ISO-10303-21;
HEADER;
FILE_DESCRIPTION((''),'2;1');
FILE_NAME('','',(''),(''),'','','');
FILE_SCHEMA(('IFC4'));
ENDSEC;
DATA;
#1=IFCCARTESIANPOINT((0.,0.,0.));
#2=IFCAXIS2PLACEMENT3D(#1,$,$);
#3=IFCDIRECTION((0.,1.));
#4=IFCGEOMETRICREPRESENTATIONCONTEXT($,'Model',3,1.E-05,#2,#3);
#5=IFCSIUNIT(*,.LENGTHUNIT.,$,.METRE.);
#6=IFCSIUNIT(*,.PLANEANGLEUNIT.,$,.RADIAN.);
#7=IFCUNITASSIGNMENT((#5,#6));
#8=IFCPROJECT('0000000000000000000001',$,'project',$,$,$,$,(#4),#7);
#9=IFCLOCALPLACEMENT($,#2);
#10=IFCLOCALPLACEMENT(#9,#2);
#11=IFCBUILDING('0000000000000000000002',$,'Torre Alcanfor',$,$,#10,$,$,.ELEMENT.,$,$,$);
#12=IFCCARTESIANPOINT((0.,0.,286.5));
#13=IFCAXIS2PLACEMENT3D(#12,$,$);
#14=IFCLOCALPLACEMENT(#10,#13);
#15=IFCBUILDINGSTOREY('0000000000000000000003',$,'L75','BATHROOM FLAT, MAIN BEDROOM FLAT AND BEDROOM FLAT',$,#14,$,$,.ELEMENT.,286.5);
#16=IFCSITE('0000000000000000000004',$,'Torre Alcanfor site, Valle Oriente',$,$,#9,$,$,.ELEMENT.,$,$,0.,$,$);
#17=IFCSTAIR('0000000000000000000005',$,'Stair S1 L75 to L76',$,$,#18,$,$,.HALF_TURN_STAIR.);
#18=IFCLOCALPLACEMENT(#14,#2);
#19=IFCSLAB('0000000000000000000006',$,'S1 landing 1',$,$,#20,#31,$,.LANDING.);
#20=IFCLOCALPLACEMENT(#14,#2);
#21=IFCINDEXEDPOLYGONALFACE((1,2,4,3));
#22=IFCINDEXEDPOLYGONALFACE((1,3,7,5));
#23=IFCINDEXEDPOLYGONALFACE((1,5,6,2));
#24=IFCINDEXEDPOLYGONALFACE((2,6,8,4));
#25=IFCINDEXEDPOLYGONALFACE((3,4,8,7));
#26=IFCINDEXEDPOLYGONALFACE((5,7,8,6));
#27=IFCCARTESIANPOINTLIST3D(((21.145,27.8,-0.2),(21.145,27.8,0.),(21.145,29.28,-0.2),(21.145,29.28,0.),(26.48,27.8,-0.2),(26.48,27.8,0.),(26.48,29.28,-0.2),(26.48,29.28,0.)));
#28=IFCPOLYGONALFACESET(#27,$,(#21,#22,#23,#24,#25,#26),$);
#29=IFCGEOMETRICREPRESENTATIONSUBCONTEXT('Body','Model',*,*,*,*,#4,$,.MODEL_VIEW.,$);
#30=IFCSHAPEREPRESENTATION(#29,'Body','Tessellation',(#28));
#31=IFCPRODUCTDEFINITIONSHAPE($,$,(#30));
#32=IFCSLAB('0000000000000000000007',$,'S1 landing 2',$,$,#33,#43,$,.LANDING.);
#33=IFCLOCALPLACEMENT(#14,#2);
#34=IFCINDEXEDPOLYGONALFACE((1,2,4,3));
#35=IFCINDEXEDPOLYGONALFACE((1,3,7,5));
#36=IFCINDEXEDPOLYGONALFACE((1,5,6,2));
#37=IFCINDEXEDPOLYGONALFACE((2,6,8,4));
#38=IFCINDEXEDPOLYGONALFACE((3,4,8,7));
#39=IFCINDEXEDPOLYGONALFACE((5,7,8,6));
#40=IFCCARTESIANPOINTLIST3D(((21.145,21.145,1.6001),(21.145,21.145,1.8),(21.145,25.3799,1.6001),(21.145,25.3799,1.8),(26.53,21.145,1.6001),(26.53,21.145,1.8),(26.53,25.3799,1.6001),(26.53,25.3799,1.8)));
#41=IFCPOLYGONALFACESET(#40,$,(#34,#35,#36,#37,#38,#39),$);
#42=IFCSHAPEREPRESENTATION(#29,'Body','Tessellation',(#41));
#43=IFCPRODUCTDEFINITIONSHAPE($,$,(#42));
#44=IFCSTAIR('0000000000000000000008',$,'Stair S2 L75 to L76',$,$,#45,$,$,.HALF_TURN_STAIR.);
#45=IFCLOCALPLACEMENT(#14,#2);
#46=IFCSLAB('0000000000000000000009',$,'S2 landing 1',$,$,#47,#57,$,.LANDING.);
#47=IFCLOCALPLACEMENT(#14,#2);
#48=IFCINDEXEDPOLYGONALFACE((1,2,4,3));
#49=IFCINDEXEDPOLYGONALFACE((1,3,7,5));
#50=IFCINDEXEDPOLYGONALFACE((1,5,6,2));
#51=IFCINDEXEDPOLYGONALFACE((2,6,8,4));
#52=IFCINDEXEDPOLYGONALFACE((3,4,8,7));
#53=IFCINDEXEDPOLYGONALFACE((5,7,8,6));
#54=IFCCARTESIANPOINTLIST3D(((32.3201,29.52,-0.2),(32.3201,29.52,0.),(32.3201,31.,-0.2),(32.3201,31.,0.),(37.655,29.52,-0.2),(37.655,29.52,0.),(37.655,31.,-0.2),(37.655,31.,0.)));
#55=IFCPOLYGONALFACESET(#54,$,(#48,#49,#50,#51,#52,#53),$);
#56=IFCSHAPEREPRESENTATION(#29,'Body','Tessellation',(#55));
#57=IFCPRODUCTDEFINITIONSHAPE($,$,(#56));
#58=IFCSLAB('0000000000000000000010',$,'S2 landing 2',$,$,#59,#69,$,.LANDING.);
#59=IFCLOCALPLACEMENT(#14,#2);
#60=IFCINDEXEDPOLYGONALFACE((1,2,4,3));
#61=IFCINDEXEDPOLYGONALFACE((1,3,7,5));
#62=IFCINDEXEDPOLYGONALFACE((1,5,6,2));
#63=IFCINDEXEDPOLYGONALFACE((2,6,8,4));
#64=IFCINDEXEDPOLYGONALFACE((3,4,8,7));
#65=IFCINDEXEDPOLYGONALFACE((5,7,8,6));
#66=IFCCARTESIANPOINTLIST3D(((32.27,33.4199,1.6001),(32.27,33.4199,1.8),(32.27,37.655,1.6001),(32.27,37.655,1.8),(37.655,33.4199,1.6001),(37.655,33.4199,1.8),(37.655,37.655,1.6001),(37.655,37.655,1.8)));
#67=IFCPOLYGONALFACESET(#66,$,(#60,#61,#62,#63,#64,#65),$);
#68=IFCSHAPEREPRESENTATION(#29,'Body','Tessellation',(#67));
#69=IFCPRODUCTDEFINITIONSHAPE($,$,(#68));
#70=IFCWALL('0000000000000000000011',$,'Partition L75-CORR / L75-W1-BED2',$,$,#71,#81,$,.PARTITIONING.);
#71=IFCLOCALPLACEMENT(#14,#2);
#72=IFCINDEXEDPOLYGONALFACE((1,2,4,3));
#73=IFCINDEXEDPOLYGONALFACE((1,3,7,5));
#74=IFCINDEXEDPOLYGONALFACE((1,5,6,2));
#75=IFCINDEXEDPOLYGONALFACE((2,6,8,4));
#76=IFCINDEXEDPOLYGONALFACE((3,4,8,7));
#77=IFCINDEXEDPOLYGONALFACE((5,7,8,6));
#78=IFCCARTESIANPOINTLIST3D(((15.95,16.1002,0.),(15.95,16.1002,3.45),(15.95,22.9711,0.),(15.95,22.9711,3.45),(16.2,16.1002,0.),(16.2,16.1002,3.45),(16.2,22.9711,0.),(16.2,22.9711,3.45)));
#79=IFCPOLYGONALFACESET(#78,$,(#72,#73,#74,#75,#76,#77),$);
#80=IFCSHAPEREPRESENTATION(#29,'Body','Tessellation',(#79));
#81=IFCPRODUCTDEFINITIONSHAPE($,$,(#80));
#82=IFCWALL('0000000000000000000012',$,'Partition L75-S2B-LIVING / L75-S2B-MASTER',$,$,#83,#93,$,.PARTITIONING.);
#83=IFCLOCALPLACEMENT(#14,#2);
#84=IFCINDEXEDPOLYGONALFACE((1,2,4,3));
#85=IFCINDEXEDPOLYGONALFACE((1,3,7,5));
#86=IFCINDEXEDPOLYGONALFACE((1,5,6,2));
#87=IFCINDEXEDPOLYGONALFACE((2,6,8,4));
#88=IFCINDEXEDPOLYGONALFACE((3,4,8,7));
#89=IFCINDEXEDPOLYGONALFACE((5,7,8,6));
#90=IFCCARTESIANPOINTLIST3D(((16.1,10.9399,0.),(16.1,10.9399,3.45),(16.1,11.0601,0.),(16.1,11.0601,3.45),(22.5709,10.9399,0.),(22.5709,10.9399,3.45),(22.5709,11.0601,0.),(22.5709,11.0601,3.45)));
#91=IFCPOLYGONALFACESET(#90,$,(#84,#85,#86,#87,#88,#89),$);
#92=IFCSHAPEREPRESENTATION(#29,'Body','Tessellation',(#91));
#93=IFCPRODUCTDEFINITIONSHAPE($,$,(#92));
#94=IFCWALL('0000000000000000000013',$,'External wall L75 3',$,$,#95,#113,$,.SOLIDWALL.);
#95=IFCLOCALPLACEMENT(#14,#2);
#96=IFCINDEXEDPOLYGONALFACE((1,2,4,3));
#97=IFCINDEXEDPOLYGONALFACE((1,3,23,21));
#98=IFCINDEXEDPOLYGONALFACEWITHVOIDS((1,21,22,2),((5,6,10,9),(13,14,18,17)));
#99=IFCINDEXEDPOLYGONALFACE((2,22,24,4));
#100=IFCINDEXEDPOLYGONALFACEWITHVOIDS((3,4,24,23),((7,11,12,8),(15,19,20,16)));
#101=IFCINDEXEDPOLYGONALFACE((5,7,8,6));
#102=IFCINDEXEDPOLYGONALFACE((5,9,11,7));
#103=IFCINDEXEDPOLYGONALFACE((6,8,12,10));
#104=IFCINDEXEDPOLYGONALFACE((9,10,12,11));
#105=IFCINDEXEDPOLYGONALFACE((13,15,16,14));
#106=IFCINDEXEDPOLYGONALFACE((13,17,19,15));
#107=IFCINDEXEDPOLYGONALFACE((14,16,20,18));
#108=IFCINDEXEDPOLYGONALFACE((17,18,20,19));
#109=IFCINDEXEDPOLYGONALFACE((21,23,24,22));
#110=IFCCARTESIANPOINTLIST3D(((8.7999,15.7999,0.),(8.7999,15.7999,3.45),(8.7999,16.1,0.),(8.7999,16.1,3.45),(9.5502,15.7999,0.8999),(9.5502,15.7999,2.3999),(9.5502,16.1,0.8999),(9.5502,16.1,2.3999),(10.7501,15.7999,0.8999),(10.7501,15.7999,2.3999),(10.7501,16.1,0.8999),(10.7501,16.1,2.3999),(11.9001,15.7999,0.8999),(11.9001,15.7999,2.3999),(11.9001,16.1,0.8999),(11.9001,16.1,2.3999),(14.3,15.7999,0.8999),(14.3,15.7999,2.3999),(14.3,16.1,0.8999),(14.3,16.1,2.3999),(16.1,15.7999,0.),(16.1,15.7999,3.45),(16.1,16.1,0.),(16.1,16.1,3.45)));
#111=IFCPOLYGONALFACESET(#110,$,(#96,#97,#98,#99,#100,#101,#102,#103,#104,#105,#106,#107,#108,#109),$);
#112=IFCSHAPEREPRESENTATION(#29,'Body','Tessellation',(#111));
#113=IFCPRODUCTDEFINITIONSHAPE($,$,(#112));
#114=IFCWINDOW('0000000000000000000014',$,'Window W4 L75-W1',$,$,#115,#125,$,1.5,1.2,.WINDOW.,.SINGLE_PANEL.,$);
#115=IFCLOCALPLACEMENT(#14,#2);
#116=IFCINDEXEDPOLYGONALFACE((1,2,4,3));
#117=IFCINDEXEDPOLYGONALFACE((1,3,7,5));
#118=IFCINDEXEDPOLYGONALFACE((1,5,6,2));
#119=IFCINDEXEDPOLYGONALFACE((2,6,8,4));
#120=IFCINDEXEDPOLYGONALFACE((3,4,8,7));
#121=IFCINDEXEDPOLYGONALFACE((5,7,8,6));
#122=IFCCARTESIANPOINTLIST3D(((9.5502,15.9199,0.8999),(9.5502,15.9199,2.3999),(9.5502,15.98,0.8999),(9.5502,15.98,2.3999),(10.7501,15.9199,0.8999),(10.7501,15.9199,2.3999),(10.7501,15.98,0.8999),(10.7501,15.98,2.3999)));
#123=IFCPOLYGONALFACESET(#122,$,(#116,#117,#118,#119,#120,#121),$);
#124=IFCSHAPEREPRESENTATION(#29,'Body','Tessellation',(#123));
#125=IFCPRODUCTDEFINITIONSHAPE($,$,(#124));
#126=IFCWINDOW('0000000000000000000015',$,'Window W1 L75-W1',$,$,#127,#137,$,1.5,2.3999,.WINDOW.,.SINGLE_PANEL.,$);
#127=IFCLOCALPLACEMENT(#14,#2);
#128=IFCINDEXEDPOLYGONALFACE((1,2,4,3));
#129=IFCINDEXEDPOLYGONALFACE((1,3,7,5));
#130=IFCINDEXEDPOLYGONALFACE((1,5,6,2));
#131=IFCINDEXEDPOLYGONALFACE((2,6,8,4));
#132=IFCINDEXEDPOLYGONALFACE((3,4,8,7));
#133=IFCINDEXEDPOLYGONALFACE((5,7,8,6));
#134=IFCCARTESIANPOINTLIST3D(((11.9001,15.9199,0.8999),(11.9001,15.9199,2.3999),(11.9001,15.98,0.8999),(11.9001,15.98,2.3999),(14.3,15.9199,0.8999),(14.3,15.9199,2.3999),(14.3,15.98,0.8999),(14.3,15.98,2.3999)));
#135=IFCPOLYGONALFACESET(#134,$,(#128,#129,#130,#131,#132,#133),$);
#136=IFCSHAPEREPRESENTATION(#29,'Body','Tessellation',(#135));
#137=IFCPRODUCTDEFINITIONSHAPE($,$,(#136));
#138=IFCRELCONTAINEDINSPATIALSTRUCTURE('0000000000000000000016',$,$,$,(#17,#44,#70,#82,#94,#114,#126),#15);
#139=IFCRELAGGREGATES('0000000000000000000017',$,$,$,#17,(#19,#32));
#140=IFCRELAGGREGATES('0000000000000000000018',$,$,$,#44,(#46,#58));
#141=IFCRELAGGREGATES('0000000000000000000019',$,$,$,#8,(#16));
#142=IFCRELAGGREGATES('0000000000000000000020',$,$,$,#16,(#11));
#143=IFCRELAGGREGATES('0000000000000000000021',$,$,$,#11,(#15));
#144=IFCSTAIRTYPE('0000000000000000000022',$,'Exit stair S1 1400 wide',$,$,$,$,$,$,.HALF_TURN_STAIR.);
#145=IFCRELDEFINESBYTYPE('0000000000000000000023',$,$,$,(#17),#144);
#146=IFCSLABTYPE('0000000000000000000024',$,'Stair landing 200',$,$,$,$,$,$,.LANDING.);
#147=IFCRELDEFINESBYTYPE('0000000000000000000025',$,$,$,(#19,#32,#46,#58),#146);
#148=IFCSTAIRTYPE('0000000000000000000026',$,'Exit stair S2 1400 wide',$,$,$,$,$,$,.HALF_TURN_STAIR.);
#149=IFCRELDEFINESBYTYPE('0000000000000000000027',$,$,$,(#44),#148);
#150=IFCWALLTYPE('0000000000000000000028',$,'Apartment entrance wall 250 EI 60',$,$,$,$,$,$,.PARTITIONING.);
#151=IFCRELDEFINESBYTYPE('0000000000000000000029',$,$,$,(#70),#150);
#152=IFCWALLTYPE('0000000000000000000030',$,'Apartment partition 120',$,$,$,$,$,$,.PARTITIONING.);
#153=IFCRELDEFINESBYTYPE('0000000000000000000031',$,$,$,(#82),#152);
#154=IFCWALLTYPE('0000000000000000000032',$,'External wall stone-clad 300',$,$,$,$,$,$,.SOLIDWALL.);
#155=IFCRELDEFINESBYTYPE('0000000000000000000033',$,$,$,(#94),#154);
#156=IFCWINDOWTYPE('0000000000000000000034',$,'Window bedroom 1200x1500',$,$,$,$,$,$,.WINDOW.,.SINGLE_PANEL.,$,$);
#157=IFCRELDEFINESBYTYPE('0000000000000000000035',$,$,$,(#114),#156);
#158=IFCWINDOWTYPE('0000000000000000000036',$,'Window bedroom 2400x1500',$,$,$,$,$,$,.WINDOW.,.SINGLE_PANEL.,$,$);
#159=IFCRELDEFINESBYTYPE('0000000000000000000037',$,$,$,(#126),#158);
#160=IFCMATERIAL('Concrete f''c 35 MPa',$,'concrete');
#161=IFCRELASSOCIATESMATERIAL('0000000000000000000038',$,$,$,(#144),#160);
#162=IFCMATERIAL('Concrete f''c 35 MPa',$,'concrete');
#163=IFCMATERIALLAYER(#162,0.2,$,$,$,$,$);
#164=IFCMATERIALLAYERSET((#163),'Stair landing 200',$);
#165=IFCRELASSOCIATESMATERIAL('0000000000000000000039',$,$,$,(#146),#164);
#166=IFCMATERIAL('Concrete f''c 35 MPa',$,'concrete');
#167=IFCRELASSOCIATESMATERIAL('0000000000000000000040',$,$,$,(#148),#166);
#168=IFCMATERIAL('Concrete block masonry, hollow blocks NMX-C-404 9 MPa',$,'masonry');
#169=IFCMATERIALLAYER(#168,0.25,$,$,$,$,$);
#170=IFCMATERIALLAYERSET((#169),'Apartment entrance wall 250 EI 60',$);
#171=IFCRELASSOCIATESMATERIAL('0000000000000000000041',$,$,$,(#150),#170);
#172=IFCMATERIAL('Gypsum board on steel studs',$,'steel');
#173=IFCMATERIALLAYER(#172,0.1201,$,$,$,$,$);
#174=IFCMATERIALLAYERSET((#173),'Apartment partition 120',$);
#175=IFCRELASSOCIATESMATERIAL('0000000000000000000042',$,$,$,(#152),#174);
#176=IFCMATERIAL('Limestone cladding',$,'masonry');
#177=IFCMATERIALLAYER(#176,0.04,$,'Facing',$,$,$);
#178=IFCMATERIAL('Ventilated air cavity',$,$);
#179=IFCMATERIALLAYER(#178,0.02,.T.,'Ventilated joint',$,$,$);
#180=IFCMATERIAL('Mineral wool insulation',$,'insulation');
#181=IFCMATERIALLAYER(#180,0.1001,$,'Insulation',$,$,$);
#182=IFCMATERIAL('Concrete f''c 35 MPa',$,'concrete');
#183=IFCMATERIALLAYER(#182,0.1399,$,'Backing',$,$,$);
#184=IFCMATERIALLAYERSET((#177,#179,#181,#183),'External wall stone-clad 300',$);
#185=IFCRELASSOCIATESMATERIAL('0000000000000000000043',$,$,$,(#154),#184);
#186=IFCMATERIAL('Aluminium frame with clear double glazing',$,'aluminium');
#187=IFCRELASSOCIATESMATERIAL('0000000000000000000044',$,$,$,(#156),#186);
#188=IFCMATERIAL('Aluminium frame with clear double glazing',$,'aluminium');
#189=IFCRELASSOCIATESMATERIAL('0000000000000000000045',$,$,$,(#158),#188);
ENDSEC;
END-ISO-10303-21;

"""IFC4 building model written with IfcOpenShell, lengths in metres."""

from ifc_helpers import new_model, si_unit, direction, frame, frame_2d, origin, place, context, subcontext, project, spatial, polyline, rectangle, outline, extrude, material, layer, layer_set, type_object, element, fill, aggregate, save


model = new_model("IFC4")

# Units and contexts
model_context = context("Model", 3, precision=1e-05, world=origin(), true_north=direction((0.0, 1.0)))
body_context = subcontext(model_context, "Body", "Model", "MODEL_VIEW")
ifc_project = project(units=[si_unit("LENGTHUNIT", "METRE"), si_unit("PLANEANGLEUNIT", "RADIAN")], contexts=[model_context])

# Site, building, storey
site_placement = place(None, origin())
site = spatial("IfcSite", under=ifc_project, at=site_placement, Name="Torre Alcanfor site, Valle Oriente", CompositionType="ELEMENT", RefElevation=0.0)
building_placement = place(site_placement, origin())
building = spatial("IfcBuilding", under=site, at=building_placement, Name="Torre Alcanfor", CompositionType="ELEMENT")
storey_placement = place(building_placement, frame((0.0, 0.0, 286.5)))
storey = spatial("IfcBuildingStorey", under=building, at=storey_placement, Name="L75", Description="BATHROOM FLAT, MAIN BEDROOM FLAT AND BEDROOM FLAT", CompositionType="ELEMENT", Elevation=286.5)

# Stairs, slabs
ifc_material_1 = material(Name="Concrete f'c 35 MPa", Category="concrete")
stair_type_1 = type_object("IfcStairType", Name="Exit stair S1 1400 wide", PredefinedType="HALF_TURN_STAIR", material=ifc_material_1)
stair_1_placement = place(storey_placement, origin())
stair_1 = element("IfcStair", 1, at=stair_1_placement, inside=storey, type_object=stair_type_1, Name="Stair S1 L75 to L76", PredefinedType="HALF_TURN_STAIR")
ifc_material_2 = material(Name="Concrete f'c 35 MPa", Category="concrete")
ifc_layer_1 = layer(ifc_material_2, 0.2)
ifc_layer_set_1 = layer_set([ifc_layer_1], Name="Stair landing 200")
slab_type_1 = type_object("IfcSlabType", Name="Stair landing 200", PredefinedType="LANDING", material=ifc_layer_set_1)
slab_1_placement = place(storey_placement, frame((0.0, 0.0, -0.2)))
slab_1 = element("IfcSlab", 2, at=slab_1_placement, type_object=slab_type_1, Name="S1 landing 1", PredefinedType="LANDING", context=body_context, shape_type="SweptSolid", body=[
    extrude(outline(polyline([(21.145, 27.8), (26.48, 27.8), (26.48, 29.28), (21.145, 29.28), (21.145, 27.8)])), origin(), (0.0, 0.0, 1.0), 0.2),
])
slab_2_placement = place(storey_placement, frame((0.0, 0.0, 1.6001)))
slab_2 = element("IfcSlab", 3, at=slab_2_placement, type_object=slab_type_1, Name="S1 landing 2", PredefinedType="LANDING", context=body_context, shape_type="SweptSolid", body=[
    extrude(outline(polyline([(21.145, 21.145), (26.53, 21.145), (26.53, 25.3799), (21.145, 25.3799), (21.145, 21.145)])), origin(), (0.0, 0.0, 1.0), 0.2),
])
aggregate(stair_1, [slab_1, slab_2])
ifc_material_3 = material(Name="Concrete f'c 35 MPa", Category="concrete")
stair_type_2 = type_object("IfcStairType", Name="Exit stair S2 1400 wide", PredefinedType="HALF_TURN_STAIR", material=ifc_material_3)
stair_2_placement = place(storey_placement, origin())
stair_2 = element("IfcStair", 4, at=stair_2_placement, inside=storey, type_object=stair_type_2, Name="Stair S2 L75 to L76", PredefinedType="HALF_TURN_STAIR")
slab_3_placement = place(storey_placement, frame((0.0, 0.0, -0.2)))
slab_3 = element("IfcSlab", 5, at=slab_3_placement, type_object=slab_type_1, Name="S2 landing 1", PredefinedType="LANDING", context=body_context, shape_type="SweptSolid", body=[
    extrude(outline(polyline([(32.3201, 29.52), (37.655, 29.52), (37.655, 31.0), (32.3201, 31.0), (32.3201, 29.52)])), origin(), (0.0, 0.0, 1.0), 0.2),
])
slab_4_placement = place(storey_placement, frame((0.0, 0.0, 1.6001)))
slab_4 = element("IfcSlab", 6, at=slab_4_placement, type_object=slab_type_1, Name="S2 landing 2", PredefinedType="LANDING", context=body_context, shape_type="SweptSolid", body=[
    extrude(outline(polyline([(32.27, 33.4199), (37.655, 33.4199), (37.655, 37.655), (32.27, 37.655), (32.27, 33.4199)])), origin(), (0.0, 0.0, 1.0), 0.2),
])
aggregate(stair_2, [slab_3, slab_4])

# Walls
ifc_material_4 = material(Name="Concrete block masonry, hollow blocks NMX-C-404 9 MPa", Category="masonry")
ifc_layer_2 = layer(ifc_material_4, 0.25)
ifc_layer_set_2 = layer_set([ifc_layer_2], Name="Apartment entrance wall 250 EI 60")
wall_type_1 = type_object("IfcWallType", Name="Apartment entrance wall 250 EI 60", PredefinedType="PARTITIONING", material=ifc_layer_set_2)
wall_1_placement = place(storey_placement, frame((16.075, 16.1001, 0.0), z_axis=(0.0, 0.0, 1.0), x_axis=(0.0, 1.0, 0.0)))
element("IfcWall", 7, at=wall_1_placement, inside=storey, type_object=wall_type_1, Name="Partition L75-CORR / L75-W1-BED2", PredefinedType="PARTITIONING", context=body_context, shape_type="SweptSolid", body=[
    extrude(rectangle(XDim=6.8708, YDim=0.25, at=frame_2d((3.4355, 0.0))), origin(), (0.0, 0.0, 1.0), 3.45),
])
ifc_material_5 = material(Name="Gypsum board on steel studs", Category="steel")
ifc_layer_3 = layer(ifc_material_5, 0.1201)
ifc_layer_set_3 = layer_set([ifc_layer_3], Name="Apartment partition 120")
wall_type_2 = type_object("IfcWallType", Name="Apartment partition 120", PredefinedType="PARTITIONING", material=ifc_layer_set_3)
wall_2_placement = place(storey_placement, frame((16.1001, 11.0, 0.0), z_axis=(0.0, 0.0, 1.0), x_axis=(1.0, 0.0, 0.0)))
element("IfcWall", 8, at=wall_2_placement, inside=storey, type_object=wall_type_2, Name="Partition L75-S2B-LIVING / L75-S2B-MASTER", PredefinedType="PARTITIONING", context=body_context, shape_type="SweptSolid", body=[
    extrude(rectangle(XDim=6.4709, YDim=0.1201, at=frame_2d((3.2354, 0.0))), origin(), (0.0, 0.0, 1.0), 3.45),
])

# Wall, openings, windows
ifc_material_6 = material(Name="Limestone cladding", Category="masonry")
ifc_layer_4 = layer(ifc_material_6, 0.04, Name="Facing")
ifc_material_7 = material(Name="Ventilated air cavity")
ifc_layer_5 = layer(ifc_material_7, 0.02, ventilated=True, Name="Ventilated joint")
ifc_material_8 = material(Name="Mineral wool insulation", Category="insulation")
ifc_layer_6 = layer(ifc_material_8, 0.1001, Name="Insulation")
ifc_material_9 = material(Name="Concrete f'c 35 MPa", Category="concrete")
ifc_layer_7 = layer(ifc_material_9, 0.1399, Name="Backing")
ifc_layer_set_4 = layer_set([ifc_layer_4, ifc_layer_5, ifc_layer_6, ifc_layer_7], Name="External wall stone-clad 300")
wall_type_3 = type_object("IfcWallType", Name="External wall stone-clad 300", PredefinedType="SOLIDWALL", material=ifc_layer_set_4)
wall_3_placement = place(storey_placement, frame((8.8, 15.95, 0.0), z_axis=(0.0, 0.0, 1.0), x_axis=(1.0, 0.0, 0.0)))
wall_3 = element("IfcWall", 9, at=wall_3_placement, inside=storey, type_object=wall_type_3, Name="External wall L75 3", PredefinedType="SOLIDWALL", context=body_context, shape_type="SweptSolid", body=[
    extrude(rectangle(XDim=7.3, YDim=0.3, at=frame_2d((3.6499, 0.0))), origin(), (0.0, 0.0, 1.0), 3.45),
])
opening_1_placement = place(wall_3_placement, frame((3.1001, 0.0, 0.8999)))
opening_1 = element("IfcOpeningElement", 10, at=opening_1_placement, cuts=wall_3, PredefinedType="OPENING", context=body_context, shape_type="SweptSolid", body=[
    extrude(rectangle(XDim=2.3999, YDim=1.5, at=frame_2d((1.2, 0.75))), frame((0.0, 0.1599, 0.0), z_axis=(0.0, -1.0, 0.0), x_axis=(1.0, 0.0, 0.0)), (0.0, 0.0, 1.0), 0.3201),
])
opening_2_placement = place(wall_3_placement, frame((0.75, 0.0, 0.8999)))
opening_2 = element("IfcOpeningElement", 11, at=opening_2_placement, cuts=wall_3, PredefinedType="OPENING", context=body_context, shape_type="SweptSolid", body=[
    extrude(rectangle(XDim=1.2, YDim=1.5, at=frame_2d((0.6001, 0.75))), frame((0.0, 0.1599, 0.0), z_axis=(0.0, -1.0, 0.0), x_axis=(1.0, 0.0, 0.0)), (0.0, 0.0, 1.0), 0.3201),
])
ifc_material_10 = material(Name="Aluminium frame with clear double glazing", Category="aluminium")
window_type_1 = type_object("IfcWindowType", Name="Window bedroom 1200x1500", PartitioningType="SINGLE_PANEL", PredefinedType="WINDOW", material=ifc_material_10)
window_1_placement = place(opening_2_placement, origin())
window_1 = element("IfcWindow", 12, at=window_1_placement, inside=storey, type_object=window_type_1, Name="Window W4 L75-W1", OverallHeight=1.5, OverallWidth=1.2, PartitioningType="SINGLE_PANEL", PredefinedType="WINDOW", context=body_context, shape_type="SweptSolid", body=[
    extrude(rectangle(XDim=1.2, YDim=1.5, at=frame_2d((0.6001, 0.75))), frame((0.0, 0.03, 0.0), z_axis=(0.0, -1.0, 0.0), x_axis=(1.0, 0.0, 0.0)), (0.0, 0.0, 1.0), 0.0601),
])
fill(opening_2, window_1)
ifc_material_11 = material(Name="Aluminium frame with clear double glazing", Category="aluminium")
window_type_2 = type_object("IfcWindowType", Name="Window bedroom 2400x1500", PartitioningType="SINGLE_PANEL", PredefinedType="WINDOW", material=ifc_material_11)
window_2_placement = place(opening_1_placement, origin())
window_2 = element("IfcWindow", 13, at=window_2_placement, inside=storey, type_object=window_type_2, Name="Window W1 L75-W1", OverallHeight=1.5, OverallWidth=2.3999, PartitioningType="SINGLE_PANEL", PredefinedType="WINDOW", context=body_context, shape_type="SweptSolid", body=[
    extrude(rectangle(XDim=2.3999, YDim=1.5, at=frame_2d((1.2, 0.75))), frame((0.0, 0.03, 0.0), z_axis=(0.0, -1.0, 0.0), x_axis=(1.0, 0.0, 0.0)), (0.0, 0.0, 1.0), 0.0601),
])
fill(opening_1, window_2)

save(model, "model.ifc")
